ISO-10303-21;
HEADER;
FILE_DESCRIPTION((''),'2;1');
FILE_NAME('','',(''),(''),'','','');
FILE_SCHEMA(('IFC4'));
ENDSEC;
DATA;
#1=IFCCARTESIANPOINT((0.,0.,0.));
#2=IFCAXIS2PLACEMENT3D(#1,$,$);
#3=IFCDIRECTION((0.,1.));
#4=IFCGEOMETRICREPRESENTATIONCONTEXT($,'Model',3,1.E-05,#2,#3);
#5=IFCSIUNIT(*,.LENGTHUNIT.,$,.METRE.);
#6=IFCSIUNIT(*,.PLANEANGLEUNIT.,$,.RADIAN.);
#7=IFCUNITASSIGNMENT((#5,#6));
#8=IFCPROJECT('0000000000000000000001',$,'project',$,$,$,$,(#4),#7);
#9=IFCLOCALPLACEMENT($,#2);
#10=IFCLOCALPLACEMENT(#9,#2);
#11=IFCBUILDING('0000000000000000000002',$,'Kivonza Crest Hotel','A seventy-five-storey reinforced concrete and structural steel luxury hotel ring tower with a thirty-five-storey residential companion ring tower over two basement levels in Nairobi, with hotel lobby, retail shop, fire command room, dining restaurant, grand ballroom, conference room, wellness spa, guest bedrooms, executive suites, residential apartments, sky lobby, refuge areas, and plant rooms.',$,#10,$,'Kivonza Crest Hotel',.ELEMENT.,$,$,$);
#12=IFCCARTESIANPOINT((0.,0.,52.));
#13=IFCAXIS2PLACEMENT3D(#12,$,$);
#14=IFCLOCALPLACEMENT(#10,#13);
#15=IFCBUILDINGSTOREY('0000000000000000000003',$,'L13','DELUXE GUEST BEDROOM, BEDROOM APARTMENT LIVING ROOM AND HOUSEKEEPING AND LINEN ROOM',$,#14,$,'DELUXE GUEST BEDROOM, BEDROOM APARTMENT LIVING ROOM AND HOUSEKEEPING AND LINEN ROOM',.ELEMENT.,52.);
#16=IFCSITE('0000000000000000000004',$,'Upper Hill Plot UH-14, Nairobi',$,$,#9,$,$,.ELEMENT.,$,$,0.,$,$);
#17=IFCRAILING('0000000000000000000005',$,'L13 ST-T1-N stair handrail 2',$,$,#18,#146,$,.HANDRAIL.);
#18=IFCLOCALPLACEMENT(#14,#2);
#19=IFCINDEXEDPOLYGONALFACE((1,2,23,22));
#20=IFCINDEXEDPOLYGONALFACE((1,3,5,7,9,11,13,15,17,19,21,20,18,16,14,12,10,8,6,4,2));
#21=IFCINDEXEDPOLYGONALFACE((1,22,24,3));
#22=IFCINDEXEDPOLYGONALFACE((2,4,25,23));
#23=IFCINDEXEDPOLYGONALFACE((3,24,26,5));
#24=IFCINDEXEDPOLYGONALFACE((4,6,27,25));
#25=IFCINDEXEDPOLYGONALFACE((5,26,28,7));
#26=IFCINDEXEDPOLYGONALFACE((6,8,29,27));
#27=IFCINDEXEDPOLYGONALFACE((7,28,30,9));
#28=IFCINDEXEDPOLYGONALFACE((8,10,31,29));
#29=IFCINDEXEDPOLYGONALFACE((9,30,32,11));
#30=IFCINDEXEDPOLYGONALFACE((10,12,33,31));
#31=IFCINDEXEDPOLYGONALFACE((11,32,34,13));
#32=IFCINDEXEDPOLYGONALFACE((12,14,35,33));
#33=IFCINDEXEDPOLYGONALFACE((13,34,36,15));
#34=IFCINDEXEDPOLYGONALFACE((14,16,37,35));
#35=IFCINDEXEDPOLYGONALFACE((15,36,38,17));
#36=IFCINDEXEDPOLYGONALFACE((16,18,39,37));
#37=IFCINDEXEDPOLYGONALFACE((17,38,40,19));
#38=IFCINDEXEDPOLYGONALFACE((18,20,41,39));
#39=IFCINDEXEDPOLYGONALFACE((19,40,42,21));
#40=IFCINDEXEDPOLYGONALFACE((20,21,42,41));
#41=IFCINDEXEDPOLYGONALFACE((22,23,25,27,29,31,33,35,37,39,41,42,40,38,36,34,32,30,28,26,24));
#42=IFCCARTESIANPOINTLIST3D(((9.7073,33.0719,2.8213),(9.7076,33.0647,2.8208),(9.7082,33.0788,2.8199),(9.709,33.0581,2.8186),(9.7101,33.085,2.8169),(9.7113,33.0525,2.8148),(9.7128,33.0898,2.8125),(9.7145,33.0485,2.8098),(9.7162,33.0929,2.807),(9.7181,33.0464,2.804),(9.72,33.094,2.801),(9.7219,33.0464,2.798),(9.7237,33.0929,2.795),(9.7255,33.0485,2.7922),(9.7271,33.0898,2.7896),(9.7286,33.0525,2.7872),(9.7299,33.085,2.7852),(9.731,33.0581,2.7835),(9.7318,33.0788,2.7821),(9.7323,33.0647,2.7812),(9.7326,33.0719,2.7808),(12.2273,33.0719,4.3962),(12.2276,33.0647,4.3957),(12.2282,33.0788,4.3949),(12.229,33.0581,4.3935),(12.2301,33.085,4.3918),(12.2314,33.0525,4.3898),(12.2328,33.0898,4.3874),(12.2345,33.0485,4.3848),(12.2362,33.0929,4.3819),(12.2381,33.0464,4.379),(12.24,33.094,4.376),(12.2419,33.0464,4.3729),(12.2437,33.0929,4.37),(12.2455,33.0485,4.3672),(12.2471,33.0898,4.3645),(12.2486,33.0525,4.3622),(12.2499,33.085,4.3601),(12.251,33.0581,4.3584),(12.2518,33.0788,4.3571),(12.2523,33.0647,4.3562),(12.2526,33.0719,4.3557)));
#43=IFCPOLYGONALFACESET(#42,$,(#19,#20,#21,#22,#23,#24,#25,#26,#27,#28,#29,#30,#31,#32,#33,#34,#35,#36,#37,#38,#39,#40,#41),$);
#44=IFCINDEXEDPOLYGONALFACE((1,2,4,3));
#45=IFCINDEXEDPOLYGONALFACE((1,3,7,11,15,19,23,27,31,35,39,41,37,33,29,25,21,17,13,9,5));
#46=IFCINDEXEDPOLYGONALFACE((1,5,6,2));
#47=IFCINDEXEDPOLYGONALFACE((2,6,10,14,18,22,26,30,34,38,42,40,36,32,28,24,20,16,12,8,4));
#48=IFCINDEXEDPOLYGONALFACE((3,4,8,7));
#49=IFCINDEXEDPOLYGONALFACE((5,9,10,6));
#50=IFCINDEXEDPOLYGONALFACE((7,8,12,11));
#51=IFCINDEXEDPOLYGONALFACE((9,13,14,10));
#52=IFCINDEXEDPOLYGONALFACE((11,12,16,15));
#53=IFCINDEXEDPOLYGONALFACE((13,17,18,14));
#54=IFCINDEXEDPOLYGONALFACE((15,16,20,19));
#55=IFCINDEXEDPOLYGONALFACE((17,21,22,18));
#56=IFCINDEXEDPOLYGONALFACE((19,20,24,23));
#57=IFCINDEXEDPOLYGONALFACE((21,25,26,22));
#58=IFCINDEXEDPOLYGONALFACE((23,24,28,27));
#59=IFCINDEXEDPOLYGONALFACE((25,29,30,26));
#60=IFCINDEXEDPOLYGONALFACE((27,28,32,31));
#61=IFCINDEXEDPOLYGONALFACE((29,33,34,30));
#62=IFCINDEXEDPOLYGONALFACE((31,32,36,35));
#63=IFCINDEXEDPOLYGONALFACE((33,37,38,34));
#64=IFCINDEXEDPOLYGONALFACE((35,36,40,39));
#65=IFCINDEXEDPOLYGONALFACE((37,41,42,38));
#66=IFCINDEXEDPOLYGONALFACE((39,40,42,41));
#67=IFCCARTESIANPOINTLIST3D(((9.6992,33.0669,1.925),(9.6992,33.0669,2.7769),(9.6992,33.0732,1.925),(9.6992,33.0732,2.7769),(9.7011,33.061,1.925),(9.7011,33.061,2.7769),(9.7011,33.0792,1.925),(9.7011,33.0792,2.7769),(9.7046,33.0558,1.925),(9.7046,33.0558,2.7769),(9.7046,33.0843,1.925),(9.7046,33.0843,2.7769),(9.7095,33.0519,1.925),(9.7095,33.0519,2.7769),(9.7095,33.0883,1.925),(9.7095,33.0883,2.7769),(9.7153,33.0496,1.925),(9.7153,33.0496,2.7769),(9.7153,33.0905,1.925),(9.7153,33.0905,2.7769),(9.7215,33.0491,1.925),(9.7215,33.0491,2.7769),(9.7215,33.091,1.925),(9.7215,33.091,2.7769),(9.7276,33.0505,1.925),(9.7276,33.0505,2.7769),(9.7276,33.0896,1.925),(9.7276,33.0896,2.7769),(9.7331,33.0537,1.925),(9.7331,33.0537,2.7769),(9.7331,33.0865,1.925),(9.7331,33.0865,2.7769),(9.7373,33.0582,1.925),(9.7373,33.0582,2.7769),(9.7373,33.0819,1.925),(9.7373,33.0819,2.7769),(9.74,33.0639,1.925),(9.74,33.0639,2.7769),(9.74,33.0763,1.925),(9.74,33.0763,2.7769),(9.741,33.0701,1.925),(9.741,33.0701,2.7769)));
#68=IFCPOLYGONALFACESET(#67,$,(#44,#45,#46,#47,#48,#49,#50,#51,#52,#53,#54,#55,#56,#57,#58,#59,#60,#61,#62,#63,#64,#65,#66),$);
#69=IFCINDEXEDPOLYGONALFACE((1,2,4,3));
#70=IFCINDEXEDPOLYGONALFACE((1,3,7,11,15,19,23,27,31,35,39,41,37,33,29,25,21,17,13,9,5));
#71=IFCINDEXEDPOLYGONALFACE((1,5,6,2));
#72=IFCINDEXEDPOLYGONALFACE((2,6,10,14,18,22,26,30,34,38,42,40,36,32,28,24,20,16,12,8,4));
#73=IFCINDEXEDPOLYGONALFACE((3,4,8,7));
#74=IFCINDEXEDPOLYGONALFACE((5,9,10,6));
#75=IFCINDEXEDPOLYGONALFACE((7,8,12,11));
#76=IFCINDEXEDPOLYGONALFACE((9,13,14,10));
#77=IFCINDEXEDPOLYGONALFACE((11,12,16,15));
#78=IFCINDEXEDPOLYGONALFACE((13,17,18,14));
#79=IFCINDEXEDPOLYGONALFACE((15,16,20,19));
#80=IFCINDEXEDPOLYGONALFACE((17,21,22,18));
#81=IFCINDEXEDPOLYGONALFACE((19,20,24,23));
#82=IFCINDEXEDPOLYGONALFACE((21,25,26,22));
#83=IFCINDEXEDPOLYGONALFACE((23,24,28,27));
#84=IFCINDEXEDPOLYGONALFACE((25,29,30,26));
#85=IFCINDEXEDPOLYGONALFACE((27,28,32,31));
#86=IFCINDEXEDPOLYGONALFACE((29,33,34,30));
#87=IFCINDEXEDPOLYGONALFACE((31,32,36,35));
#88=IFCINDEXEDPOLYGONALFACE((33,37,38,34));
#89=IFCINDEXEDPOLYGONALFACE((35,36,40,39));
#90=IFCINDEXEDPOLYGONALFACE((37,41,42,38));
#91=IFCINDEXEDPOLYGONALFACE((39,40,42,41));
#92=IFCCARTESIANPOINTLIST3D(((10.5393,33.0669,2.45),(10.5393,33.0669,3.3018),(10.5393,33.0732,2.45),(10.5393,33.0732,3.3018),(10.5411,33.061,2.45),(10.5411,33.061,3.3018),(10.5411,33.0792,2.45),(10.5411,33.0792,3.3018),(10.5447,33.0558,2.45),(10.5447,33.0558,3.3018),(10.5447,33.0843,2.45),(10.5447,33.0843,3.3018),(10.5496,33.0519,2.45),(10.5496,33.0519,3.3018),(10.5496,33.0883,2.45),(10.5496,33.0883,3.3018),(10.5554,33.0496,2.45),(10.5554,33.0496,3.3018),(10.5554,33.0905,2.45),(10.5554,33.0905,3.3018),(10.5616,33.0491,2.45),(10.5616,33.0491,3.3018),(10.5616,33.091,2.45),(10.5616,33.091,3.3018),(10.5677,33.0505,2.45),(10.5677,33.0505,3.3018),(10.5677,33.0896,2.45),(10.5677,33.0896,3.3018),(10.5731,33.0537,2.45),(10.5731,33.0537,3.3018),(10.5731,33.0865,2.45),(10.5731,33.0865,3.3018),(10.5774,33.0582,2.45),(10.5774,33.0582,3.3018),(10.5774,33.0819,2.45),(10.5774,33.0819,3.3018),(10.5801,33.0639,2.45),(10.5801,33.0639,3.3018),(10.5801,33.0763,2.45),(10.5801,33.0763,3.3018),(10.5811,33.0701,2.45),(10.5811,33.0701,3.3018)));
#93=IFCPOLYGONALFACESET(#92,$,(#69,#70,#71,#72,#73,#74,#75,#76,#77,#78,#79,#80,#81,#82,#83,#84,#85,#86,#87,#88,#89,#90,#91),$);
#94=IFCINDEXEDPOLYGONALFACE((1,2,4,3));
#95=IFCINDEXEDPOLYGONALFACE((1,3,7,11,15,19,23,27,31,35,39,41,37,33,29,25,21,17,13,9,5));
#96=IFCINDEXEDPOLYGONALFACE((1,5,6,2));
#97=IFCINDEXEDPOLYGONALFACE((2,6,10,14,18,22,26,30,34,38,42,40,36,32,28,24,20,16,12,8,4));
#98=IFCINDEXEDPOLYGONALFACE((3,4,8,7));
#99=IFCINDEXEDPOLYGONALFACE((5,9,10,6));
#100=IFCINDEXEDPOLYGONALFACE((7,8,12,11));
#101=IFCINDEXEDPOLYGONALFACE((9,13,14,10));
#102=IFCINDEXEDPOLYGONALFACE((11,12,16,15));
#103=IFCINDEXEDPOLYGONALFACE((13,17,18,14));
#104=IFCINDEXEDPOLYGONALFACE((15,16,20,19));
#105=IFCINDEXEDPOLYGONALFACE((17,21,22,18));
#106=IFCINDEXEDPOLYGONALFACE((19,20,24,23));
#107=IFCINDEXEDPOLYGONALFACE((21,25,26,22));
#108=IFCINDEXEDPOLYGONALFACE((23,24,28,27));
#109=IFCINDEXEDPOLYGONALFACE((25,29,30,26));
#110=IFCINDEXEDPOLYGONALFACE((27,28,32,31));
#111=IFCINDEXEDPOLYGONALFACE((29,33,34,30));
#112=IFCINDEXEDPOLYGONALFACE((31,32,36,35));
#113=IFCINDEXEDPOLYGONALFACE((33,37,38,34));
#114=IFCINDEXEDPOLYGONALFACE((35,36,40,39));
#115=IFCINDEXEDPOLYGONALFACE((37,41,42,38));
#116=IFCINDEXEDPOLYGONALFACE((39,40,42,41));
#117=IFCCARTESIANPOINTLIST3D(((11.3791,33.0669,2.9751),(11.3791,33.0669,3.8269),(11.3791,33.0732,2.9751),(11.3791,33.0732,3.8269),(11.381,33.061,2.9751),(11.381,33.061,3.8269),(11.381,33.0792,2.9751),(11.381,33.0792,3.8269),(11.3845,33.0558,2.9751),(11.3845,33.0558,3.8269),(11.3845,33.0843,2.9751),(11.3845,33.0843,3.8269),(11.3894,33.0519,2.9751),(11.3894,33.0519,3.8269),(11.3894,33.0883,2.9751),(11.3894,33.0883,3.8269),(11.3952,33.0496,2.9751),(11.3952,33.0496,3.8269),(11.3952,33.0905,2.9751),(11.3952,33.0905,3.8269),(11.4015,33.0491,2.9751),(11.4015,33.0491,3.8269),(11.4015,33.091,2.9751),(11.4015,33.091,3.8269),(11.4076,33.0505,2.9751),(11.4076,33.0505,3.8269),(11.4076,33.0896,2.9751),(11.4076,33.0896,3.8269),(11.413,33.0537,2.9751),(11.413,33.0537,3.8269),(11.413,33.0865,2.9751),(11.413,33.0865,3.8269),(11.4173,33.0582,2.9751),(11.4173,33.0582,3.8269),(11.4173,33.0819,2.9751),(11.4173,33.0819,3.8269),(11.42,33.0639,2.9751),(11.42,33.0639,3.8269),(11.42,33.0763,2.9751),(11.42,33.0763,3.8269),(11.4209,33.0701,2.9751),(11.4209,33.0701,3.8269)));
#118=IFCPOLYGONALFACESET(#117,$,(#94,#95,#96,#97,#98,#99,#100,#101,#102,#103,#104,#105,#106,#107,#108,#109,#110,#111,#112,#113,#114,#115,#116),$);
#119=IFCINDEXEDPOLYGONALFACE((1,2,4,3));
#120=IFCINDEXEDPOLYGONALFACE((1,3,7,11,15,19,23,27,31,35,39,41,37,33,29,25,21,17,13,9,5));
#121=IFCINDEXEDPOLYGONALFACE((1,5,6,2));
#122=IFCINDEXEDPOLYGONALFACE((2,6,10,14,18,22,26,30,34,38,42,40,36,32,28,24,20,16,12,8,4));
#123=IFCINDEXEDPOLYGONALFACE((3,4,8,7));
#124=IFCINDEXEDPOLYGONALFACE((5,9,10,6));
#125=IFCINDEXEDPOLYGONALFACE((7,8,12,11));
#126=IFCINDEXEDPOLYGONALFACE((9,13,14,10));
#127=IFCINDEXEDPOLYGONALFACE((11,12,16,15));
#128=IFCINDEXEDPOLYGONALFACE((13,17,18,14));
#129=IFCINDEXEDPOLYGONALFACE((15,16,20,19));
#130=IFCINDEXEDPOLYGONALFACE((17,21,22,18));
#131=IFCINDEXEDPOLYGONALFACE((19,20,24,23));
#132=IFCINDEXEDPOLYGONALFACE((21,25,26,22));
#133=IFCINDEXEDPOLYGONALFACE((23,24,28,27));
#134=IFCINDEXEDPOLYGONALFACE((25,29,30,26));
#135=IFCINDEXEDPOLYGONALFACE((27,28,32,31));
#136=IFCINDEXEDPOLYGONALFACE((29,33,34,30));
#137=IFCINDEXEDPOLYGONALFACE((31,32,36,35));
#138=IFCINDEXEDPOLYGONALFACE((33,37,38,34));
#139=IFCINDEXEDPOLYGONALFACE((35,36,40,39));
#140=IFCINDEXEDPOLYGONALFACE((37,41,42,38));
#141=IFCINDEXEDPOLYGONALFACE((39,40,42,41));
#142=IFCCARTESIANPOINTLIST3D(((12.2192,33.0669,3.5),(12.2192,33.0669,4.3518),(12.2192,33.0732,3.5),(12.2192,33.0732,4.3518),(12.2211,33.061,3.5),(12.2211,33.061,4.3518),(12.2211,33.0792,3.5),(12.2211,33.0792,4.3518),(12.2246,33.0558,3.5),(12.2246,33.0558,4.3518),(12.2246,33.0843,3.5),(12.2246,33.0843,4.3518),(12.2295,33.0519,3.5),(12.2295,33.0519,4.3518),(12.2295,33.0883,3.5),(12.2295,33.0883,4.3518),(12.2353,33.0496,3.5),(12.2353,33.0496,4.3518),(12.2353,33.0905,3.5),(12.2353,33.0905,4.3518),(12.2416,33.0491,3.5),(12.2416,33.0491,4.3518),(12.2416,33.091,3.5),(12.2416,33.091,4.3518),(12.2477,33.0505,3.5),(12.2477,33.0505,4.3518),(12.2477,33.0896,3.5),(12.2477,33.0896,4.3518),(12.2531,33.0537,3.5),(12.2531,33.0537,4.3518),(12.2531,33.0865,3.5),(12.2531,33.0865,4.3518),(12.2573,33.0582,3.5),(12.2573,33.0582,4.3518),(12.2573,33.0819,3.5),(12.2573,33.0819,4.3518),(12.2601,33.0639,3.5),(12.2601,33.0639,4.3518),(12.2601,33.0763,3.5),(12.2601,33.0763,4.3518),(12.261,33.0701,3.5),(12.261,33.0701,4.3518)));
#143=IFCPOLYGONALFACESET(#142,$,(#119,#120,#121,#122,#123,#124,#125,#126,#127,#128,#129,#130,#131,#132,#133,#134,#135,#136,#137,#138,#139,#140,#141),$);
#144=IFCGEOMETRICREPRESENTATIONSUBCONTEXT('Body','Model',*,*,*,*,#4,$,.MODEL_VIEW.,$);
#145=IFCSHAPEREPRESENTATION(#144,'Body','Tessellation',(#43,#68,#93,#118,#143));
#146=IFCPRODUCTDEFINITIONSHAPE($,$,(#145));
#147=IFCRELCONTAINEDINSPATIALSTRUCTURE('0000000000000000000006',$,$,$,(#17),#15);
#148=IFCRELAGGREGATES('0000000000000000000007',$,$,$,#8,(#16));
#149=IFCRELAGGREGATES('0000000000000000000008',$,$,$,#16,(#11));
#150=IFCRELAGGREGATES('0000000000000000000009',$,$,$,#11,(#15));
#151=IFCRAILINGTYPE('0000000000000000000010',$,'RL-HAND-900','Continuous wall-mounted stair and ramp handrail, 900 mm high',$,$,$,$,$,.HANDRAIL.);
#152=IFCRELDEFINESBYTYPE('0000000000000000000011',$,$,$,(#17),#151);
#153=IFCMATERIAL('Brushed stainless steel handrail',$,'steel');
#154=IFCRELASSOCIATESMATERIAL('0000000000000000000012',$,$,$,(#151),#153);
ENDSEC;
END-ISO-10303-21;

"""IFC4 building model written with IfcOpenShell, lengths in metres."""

from ifc_helpers import new_model, si_unit, direction, frame, origin, origin_2d, place, context, subcontext, project, spatial, circle, extrude, material, type_object, element, save


model = new_model("IFC4")

# Units and contexts
model_context = context("Model", 3, precision=1e-05, world=origin(), true_north=direction((0.0, 1.0)))
body_context = subcontext(model_context, "Body", "Model", "MODEL_VIEW")
ifc_project = project(units=[si_unit("LENGTHUNIT", "METRE"), si_unit("PLANEANGLEUNIT", "RADIAN")], contexts=[model_context])

# Site, building, storey
site_placement = place(None, origin())
site = spatial("IfcSite", under=ifc_project, at=site_placement, Name="Upper Hill Plot UH-14, Nairobi", CompositionType="ELEMENT", RefElevation=0.0)
building_placement = place(site_placement, origin())
building = spatial("IfcBuilding", under=site, at=building_placement, Name="Kivonza Crest Hotel", Description="A seventy-five-storey reinforced concrete and structural steel luxury hotel ring tower with a thirty-five-storey residential companion ring tower over two basement levels in Nairobi, with hotel lobby, retail shop, fire command room, dining restaurant, grand ballroom, conference room, wellness spa, guest bedrooms, executive suites, residential apartments, sky lobby, refuge areas, and plant rooms.", LongName="Kivonza Crest Hotel", CompositionType="ELEMENT")
storey_placement = place(building_placement, frame((0.0, 0.0, 52.0)))
storey = spatial("IfcBuildingStorey", under=building, at=storey_placement, Name="L13", Description="DELUXE GUEST BEDROOM, BEDROOM APARTMENT LIVING ROOM AND HOUSEKEEPING AND LINEN ROOM", LongName="DELUXE GUEST BEDROOM, BEDROOM APARTMENT LIVING ROOM AND HOUSEKEEPING AND LINEN ROOM", CompositionType="ELEMENT", Elevation=52.0)

# Railing
ifc_material_1 = material(Name="Brushed stainless steel handrail", Category="steel")
railing_type_1 = type_object("IfcRailingType", Name="RL-HAND-900", Description="Continuous wall-mounted stair and ramp handrail, 900 mm high", PredefinedType="HANDRAIL", material=ifc_material_1)
railing_1_placement = place(storey_placement, frame((9.72, 33.0701, 1.925)))
element("IfcRailing", 1, at=railing_1_placement, inside=storey, type_object=railing_type_1, Name="L13 ST-T1-N stair handrail 2", PredefinedType="HANDRAIL", context=body_context, shape_type="SweptSolid", body=[
    extrude(circle(Radius=0.0239, at=origin_2d()), frame((0.0, 0.0, 0.876), z_axis=(0.848008, 0.0, 0.529984), x_axis=(0.0, 1.0, 0.0)), (0.0, 0.0, 1.0), 2.9717),
    extrude(circle(Radius=0.021, at=origin_2d()), origin(), (0.0, 0.0, 1.0), 0.8518),
    extrude(circle(Radius=0.021, at=origin_2d()), frame((0.8401, 0.0, 0.5249)), (0.0, 0.0, 1.0), 0.8518),
    extrude(circle(Radius=0.021, at=origin_2d()), frame((1.6799, 0.0, 1.05)), (0.0, 0.0, 1.0), 0.8518),
    extrude(circle(Radius=0.021, at=origin_2d()), frame((2.52, 0.0, 1.575)), (0.0, 0.0, 1.0), 0.8518),
])

save(model, "model.ifc")
